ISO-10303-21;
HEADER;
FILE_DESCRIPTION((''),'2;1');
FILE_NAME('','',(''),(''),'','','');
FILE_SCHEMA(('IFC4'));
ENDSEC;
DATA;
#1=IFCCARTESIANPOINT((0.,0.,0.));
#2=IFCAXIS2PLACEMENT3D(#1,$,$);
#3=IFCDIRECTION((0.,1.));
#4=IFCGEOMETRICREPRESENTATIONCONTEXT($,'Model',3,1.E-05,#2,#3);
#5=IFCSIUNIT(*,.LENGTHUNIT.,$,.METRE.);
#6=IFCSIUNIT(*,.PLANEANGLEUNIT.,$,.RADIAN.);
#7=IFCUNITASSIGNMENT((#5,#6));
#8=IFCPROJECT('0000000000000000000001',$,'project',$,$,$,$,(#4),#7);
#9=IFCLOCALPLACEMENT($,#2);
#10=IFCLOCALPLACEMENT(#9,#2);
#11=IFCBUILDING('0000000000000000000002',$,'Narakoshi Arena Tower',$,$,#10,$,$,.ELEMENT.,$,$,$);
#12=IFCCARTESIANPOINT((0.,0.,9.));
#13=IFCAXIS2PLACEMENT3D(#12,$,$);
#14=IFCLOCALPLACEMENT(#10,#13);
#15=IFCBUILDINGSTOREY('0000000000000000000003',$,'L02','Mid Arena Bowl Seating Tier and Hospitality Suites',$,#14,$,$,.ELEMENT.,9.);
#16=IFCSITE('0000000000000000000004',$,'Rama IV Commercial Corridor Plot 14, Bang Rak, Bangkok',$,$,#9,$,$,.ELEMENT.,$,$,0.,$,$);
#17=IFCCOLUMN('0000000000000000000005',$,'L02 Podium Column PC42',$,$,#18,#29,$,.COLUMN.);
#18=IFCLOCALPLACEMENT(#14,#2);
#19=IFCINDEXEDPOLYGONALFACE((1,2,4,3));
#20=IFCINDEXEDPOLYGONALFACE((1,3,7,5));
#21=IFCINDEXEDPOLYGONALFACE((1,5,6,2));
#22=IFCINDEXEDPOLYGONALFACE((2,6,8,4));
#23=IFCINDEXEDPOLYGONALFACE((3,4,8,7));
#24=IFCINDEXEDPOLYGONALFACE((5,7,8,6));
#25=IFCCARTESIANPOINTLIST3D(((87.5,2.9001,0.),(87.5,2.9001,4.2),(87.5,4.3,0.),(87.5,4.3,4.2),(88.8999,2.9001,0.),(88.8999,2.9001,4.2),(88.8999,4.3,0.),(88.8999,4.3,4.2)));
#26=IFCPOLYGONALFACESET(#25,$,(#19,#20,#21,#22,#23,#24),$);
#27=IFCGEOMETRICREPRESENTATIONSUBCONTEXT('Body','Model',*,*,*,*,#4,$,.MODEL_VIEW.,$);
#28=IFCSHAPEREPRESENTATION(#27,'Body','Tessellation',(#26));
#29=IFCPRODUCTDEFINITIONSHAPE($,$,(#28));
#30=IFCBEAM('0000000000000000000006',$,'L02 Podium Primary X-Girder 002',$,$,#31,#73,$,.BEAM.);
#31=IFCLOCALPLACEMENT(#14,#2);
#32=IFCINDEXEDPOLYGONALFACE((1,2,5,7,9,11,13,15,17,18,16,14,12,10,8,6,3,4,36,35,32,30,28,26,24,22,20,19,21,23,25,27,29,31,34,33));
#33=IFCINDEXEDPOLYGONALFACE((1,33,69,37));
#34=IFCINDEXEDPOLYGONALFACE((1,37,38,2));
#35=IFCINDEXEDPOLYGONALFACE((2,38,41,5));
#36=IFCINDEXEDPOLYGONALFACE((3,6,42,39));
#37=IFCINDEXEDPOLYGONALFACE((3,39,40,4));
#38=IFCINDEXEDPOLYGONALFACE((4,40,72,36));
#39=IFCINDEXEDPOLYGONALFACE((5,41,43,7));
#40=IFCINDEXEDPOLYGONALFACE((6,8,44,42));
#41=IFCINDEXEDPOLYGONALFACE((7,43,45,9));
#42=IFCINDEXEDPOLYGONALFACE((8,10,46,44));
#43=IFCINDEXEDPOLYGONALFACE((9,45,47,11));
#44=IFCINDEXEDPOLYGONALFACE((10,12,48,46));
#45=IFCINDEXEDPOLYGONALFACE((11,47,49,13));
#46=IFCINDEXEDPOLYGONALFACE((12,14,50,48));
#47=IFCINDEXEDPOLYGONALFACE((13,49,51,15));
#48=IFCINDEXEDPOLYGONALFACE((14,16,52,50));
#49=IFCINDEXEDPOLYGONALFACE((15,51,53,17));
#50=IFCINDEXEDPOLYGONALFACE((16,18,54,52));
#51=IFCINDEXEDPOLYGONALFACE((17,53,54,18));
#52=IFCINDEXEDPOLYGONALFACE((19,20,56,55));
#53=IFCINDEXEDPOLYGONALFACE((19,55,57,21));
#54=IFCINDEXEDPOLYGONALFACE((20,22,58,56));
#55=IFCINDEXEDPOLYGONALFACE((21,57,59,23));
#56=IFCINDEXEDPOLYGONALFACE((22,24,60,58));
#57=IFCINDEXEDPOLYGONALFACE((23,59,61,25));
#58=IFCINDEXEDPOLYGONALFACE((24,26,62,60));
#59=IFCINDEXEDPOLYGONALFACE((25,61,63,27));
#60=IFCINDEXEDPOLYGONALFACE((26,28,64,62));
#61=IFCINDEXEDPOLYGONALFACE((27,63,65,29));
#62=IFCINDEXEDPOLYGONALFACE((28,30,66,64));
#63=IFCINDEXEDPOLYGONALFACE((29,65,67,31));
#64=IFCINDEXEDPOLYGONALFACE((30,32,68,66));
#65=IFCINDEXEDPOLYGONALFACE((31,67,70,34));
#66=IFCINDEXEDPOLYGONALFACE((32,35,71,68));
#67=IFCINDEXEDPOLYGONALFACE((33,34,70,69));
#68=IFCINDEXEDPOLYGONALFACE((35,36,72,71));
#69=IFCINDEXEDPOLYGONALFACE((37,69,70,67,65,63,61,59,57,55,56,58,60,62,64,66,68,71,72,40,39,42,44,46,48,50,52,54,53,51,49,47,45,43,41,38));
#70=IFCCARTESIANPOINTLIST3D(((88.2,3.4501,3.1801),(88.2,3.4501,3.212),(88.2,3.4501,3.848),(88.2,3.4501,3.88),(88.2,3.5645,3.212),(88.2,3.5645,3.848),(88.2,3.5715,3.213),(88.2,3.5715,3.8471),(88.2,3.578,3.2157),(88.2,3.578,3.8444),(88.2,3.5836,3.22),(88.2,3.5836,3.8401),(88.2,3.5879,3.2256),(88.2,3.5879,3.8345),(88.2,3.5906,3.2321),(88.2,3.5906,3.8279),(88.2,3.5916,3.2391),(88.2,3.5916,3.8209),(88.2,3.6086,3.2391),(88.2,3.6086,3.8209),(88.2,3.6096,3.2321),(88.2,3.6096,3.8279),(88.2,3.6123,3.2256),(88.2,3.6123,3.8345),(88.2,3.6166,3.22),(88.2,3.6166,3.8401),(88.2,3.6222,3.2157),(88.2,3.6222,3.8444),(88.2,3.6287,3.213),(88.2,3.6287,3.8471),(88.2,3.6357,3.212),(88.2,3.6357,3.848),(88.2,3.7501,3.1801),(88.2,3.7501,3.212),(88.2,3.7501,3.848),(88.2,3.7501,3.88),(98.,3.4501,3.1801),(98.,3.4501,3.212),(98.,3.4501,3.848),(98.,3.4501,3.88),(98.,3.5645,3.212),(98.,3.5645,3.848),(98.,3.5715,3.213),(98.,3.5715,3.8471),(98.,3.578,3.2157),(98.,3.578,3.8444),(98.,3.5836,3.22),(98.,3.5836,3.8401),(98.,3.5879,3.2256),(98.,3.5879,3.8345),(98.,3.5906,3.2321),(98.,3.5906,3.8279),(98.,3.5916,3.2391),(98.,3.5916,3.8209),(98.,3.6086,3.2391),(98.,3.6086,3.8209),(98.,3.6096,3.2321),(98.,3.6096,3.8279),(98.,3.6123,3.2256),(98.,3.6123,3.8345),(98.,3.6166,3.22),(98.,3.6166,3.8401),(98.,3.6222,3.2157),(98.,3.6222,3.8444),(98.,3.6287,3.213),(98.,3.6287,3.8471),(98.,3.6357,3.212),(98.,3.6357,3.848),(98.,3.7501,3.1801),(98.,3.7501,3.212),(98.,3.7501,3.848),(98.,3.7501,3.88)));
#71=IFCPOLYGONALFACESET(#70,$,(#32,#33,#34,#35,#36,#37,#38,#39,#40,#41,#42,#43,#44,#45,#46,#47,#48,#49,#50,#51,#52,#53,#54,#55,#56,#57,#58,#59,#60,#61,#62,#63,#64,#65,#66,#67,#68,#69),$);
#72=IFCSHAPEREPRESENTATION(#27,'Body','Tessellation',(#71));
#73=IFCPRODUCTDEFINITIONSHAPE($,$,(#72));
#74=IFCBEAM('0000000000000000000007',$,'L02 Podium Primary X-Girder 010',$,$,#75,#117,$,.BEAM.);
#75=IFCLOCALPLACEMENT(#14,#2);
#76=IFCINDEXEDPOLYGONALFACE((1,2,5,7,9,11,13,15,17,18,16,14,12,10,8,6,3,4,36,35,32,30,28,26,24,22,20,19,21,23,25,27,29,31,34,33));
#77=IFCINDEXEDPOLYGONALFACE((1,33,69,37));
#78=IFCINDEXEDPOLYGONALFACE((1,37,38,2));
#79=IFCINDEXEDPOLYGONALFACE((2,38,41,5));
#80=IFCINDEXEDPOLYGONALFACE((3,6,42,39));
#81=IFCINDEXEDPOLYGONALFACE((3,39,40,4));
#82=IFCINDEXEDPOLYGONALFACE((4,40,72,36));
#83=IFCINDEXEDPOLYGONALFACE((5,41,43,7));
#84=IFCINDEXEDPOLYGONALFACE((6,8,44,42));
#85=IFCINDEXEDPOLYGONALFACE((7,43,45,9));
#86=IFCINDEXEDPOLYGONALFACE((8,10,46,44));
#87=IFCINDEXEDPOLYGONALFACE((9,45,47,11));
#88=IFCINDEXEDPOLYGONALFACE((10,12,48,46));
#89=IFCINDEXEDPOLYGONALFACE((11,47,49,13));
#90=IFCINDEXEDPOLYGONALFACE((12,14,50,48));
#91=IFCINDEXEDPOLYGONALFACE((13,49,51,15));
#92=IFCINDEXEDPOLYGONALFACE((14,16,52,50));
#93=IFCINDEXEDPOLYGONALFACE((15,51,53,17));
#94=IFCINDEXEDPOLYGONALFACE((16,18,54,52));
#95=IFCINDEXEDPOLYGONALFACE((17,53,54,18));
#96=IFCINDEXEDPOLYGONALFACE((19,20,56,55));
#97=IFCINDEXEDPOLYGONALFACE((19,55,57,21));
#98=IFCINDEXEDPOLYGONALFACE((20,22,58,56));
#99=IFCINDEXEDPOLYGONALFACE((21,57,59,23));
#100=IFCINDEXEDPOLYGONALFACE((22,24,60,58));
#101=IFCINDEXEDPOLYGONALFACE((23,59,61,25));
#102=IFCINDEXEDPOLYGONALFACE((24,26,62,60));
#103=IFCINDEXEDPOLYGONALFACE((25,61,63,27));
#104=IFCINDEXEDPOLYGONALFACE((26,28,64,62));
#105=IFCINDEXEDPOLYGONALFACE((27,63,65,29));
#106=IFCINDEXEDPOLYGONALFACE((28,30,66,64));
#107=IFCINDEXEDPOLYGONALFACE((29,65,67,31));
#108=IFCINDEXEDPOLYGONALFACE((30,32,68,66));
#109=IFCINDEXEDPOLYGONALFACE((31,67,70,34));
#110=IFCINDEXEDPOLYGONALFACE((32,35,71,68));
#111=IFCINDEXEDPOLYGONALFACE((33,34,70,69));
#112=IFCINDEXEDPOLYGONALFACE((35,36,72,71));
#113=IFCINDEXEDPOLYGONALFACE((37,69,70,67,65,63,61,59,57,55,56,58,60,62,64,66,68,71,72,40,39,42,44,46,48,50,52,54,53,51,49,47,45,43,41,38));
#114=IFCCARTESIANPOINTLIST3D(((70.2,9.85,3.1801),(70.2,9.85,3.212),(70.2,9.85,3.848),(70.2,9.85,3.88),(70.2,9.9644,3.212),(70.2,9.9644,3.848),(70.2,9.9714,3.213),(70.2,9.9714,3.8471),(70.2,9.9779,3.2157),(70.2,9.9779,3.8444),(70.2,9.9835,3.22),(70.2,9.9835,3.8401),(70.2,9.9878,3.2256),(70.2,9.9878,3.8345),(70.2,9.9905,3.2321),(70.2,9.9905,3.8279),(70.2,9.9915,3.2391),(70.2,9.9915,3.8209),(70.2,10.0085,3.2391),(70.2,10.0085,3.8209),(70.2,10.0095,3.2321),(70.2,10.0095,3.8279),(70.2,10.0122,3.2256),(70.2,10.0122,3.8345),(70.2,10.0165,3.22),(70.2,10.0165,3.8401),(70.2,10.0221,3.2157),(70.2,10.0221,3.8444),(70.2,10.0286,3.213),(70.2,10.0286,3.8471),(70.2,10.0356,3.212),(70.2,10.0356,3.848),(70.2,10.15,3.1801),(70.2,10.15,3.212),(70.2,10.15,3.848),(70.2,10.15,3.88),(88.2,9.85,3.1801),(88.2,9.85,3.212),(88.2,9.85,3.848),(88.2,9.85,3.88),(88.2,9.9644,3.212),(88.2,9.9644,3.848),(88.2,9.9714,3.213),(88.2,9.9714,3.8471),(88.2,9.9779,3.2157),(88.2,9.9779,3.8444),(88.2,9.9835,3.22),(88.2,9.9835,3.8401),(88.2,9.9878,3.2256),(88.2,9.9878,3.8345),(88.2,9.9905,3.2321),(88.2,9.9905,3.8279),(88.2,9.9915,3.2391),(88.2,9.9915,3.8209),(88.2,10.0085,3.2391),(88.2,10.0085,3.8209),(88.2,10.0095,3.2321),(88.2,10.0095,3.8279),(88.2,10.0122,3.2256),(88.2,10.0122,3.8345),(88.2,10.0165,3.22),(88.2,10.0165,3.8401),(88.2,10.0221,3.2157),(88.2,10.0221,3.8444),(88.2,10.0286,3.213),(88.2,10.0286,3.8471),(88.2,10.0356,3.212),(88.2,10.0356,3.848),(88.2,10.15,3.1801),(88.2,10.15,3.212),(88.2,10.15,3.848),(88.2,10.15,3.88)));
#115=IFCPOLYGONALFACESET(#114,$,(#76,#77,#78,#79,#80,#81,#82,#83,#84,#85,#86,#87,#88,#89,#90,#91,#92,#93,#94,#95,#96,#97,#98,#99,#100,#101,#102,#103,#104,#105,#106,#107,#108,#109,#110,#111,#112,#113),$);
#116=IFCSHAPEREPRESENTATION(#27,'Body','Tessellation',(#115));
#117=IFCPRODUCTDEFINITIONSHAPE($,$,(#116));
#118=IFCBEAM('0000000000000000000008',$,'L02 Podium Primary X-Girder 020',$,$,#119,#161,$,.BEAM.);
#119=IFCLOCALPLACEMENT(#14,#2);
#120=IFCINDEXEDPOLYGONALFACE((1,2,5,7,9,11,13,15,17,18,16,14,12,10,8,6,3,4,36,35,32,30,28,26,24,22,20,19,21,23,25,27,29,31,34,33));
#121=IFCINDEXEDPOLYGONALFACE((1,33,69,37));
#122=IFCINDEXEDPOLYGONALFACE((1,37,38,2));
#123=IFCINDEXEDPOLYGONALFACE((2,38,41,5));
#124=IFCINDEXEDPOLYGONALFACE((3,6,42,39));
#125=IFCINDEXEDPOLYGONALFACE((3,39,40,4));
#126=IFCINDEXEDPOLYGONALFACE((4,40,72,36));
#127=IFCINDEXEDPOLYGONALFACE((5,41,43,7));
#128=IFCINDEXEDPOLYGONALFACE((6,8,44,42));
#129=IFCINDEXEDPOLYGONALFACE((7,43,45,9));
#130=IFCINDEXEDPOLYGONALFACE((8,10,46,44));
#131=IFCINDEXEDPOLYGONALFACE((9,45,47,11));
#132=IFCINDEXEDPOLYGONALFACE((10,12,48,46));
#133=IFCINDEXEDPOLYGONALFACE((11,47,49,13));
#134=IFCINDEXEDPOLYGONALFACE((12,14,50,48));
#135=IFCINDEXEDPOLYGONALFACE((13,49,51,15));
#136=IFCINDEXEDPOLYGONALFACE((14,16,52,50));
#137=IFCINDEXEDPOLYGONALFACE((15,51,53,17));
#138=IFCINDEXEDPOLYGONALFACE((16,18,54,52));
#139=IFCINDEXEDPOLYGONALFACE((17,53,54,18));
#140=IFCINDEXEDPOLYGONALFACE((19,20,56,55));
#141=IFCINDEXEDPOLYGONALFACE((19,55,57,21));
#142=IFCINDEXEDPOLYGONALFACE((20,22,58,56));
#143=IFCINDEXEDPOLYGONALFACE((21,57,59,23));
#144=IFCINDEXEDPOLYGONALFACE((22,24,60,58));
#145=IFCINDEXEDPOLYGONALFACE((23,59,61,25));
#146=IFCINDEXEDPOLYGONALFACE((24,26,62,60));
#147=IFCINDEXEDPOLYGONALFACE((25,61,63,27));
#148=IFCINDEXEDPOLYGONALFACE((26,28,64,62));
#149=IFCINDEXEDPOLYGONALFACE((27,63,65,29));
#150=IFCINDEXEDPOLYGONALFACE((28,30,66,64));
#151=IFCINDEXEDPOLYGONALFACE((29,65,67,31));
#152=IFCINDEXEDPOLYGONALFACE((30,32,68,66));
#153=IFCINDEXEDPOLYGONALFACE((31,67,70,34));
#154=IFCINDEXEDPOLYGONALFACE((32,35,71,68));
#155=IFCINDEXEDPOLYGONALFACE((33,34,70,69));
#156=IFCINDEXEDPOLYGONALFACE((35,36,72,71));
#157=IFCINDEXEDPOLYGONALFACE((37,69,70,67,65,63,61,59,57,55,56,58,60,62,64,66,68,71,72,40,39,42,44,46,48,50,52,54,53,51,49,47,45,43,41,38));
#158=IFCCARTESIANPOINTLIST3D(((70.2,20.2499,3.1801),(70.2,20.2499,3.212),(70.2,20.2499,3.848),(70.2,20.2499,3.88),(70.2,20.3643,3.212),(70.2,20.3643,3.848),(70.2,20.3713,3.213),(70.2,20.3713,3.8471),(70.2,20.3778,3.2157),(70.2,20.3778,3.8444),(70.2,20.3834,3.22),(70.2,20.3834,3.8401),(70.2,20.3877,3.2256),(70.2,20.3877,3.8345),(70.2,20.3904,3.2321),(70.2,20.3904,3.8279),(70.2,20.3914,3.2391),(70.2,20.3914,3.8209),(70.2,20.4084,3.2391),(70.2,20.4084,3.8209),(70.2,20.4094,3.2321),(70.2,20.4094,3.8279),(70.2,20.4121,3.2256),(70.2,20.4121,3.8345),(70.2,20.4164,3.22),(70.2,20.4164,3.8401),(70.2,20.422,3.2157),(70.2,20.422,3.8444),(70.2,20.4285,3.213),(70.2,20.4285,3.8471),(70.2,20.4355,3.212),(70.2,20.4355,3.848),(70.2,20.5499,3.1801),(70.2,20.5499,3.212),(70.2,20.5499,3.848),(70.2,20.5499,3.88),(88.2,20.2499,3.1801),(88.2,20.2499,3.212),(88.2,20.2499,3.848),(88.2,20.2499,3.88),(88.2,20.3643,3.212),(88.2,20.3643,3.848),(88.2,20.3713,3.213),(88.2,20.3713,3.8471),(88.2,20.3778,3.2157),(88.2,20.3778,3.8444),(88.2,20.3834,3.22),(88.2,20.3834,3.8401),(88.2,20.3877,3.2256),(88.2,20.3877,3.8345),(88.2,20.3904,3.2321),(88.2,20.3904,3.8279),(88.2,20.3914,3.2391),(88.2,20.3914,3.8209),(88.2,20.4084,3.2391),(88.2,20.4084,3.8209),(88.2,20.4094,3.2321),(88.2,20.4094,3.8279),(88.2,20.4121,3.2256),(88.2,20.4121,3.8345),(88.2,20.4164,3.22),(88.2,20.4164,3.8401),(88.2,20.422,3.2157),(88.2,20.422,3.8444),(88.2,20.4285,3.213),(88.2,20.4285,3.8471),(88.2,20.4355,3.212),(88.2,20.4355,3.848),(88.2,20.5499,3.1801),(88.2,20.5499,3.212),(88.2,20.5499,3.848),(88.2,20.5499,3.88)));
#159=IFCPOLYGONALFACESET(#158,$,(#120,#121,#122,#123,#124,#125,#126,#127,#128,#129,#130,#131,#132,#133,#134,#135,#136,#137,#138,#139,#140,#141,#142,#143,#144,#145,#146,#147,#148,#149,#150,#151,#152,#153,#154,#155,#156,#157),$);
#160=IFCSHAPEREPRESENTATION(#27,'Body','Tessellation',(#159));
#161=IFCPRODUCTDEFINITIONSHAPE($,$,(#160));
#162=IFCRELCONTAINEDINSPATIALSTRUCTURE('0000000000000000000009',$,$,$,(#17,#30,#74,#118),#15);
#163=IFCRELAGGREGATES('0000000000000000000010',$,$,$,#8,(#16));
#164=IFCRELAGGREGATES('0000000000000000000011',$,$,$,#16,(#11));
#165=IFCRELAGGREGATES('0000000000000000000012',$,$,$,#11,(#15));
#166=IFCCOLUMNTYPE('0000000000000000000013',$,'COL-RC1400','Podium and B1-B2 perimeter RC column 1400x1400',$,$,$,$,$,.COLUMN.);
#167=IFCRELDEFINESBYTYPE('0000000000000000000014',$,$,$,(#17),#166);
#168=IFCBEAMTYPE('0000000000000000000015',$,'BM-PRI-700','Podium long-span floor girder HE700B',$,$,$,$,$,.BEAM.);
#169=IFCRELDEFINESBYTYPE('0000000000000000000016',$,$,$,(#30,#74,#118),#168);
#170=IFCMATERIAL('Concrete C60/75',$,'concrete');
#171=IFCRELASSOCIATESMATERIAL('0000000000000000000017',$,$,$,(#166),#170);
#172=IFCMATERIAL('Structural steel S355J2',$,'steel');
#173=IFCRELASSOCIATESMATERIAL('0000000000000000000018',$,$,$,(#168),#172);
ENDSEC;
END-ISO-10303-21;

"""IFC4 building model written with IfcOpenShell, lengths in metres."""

from ifc_helpers import new_model, si_unit, direction, frame, origin, origin_2d, place, context, subcontext, project, spatial, rectangle, i_section, extrude, material, material_profile, profile_set, type_object, element, save


model = new_model("IFC4")

# Units and contexts
model_context = context("Model", 3, precision=1e-05, world=origin(), true_north=direction((0.0, 1.0)))
body_context = subcontext(model_context, "Body", "Model", "MODEL_VIEW")
ifc_project = project(units=[si_unit("LENGTHUNIT", "METRE"), si_unit("PLANEANGLEUNIT", "RADIAN")], contexts=[model_context])

# Site, building, storey
site_placement = place(None, origin())
site = spatial("IfcSite", under=ifc_project, at=site_placement, Name="Rama IV Commercial Corridor Plot 14, Bang Rak, Bangkok", CompositionType="ELEMENT", RefElevation=0.0)
building_placement = place(site_placement, origin())
building = spatial("IfcBuilding", under=site, at=building_placement, Name="Narakoshi Arena Tower", CompositionType="ELEMENT")
storey_placement = place(building_placement, frame((0.0, 0.0, 9.0)))
storey = spatial("IfcBuildingStorey", under=building, at=storey_placement, Name="L02", Description="Mid Arena Bowl Seating Tier and Hospitality Suites", CompositionType="ELEMENT", Elevation=9.0)

# Column
ifc_material_1 = material(Name="Concrete C60/75", Category="concrete")
ifc_material_profile_1 = material_profile(ifc_material_1, rectangle(XDim=1.3999, YDim=1.3999, at=origin_2d()), Name="RC1400x1400")
ifc_profile_set_1 = profile_set([ifc_material_profile_1], Name="Concrete C60/75")
column_type = type_object("IfcColumnType", Name="COL-RC1400", Description="Podium and B1-B2 perimeter RC column 1400x1400", PredefinedType="COLUMN", material=ifc_profile_set_1)
column_placement = place(storey_placement, frame((88.2, 3.6001, 0.0), z_axis=(0.0, 0.0, 1.0), x_axis=(1.0, 0.0, 0.0)))
element("IfcColumn", 1, at=column_placement, inside=storey, type_object=column_type, Name="L02 Podium Column PC42", PredefinedType="COLUMN", context=body_context, shape_type="SweptSolid", body=[
    extrude(rectangle(XDim=1.3999, YDim=1.3999, at=origin_2d()), origin(), (0.0, 0.0, 1.0), 4.2),
])

# Beams
ifc_material_2 = material(Name="Structural steel S355J2", Category="steel")
ifc_material_profile_2 = material_profile(ifc_material_2, i_section(OverallWidth=0.3, OverallDepth=0.7, WebThickness=0.0171, FlangeThickness=0.032, FilletRadius=0.0271, at=origin_2d()), Name="HE700B")
ifc_profile_set_2 = profile_set([ifc_material_profile_2], Name="Structural steel S355J2")
beam_type_1 = type_object("IfcBeamType", Name="BM-PRI-700", Description="Podium long-span floor girder HE700B", PredefinedType="BEAM", material=ifc_profile_set_2)
beam_1_placement = place(storey_placement, frame((88.2, 3.6001, 3.53), z_axis=(1.0, 0.0, 0.0), x_axis=(0.0, 1.0, 0.0)))
element("IfcBeam", 2, at=beam_1_placement, inside=storey, type_object=beam_type_1, Name="L02 Podium Primary X-Girder 002", PredefinedType="BEAM", context=body_context, shape_type="SweptSolid", body=[
    extrude(i_section(OverallWidth=0.3, OverallDepth=0.7, WebThickness=0.0171, FlangeThickness=0.032, FilletRadius=0.0271, at=origin_2d()), origin(), (0.0, 0.0, 1.0), 9.8),
])
for number, where, z_axis, x_axis, name in (
    (3, (70.2, 10.0, 3.53), (1.0, 0.0, 0.0), (0.0, 1.0, 0.0), "L02 Podium Primary X-Girder 010"),
    (4, (70.2, 20.3999, 3.53), (1.0, 0.0, 0.0), (0.0, 1.0, 0.0), "L02 Podium Primary X-Girder 020"),
):
    element("IfcBeam", number, at=place(storey_placement, frame(where, z_axis=z_axis, x_axis=x_axis)), inside=storey, type_object=beam_type_1, Name=name, PredefinedType="BEAM", context=body_context, shape_type="SweptSolid", body=[
        extrude(i_section(OverallWidth=0.3, OverallDepth=0.7, WebThickness=0.0171, FlangeThickness=0.032, FilletRadius=0.0271, at=origin_2d()), origin(), (0.0, 0.0, 1.0), 18.0),
    ])

save(model, "model.ifc")
